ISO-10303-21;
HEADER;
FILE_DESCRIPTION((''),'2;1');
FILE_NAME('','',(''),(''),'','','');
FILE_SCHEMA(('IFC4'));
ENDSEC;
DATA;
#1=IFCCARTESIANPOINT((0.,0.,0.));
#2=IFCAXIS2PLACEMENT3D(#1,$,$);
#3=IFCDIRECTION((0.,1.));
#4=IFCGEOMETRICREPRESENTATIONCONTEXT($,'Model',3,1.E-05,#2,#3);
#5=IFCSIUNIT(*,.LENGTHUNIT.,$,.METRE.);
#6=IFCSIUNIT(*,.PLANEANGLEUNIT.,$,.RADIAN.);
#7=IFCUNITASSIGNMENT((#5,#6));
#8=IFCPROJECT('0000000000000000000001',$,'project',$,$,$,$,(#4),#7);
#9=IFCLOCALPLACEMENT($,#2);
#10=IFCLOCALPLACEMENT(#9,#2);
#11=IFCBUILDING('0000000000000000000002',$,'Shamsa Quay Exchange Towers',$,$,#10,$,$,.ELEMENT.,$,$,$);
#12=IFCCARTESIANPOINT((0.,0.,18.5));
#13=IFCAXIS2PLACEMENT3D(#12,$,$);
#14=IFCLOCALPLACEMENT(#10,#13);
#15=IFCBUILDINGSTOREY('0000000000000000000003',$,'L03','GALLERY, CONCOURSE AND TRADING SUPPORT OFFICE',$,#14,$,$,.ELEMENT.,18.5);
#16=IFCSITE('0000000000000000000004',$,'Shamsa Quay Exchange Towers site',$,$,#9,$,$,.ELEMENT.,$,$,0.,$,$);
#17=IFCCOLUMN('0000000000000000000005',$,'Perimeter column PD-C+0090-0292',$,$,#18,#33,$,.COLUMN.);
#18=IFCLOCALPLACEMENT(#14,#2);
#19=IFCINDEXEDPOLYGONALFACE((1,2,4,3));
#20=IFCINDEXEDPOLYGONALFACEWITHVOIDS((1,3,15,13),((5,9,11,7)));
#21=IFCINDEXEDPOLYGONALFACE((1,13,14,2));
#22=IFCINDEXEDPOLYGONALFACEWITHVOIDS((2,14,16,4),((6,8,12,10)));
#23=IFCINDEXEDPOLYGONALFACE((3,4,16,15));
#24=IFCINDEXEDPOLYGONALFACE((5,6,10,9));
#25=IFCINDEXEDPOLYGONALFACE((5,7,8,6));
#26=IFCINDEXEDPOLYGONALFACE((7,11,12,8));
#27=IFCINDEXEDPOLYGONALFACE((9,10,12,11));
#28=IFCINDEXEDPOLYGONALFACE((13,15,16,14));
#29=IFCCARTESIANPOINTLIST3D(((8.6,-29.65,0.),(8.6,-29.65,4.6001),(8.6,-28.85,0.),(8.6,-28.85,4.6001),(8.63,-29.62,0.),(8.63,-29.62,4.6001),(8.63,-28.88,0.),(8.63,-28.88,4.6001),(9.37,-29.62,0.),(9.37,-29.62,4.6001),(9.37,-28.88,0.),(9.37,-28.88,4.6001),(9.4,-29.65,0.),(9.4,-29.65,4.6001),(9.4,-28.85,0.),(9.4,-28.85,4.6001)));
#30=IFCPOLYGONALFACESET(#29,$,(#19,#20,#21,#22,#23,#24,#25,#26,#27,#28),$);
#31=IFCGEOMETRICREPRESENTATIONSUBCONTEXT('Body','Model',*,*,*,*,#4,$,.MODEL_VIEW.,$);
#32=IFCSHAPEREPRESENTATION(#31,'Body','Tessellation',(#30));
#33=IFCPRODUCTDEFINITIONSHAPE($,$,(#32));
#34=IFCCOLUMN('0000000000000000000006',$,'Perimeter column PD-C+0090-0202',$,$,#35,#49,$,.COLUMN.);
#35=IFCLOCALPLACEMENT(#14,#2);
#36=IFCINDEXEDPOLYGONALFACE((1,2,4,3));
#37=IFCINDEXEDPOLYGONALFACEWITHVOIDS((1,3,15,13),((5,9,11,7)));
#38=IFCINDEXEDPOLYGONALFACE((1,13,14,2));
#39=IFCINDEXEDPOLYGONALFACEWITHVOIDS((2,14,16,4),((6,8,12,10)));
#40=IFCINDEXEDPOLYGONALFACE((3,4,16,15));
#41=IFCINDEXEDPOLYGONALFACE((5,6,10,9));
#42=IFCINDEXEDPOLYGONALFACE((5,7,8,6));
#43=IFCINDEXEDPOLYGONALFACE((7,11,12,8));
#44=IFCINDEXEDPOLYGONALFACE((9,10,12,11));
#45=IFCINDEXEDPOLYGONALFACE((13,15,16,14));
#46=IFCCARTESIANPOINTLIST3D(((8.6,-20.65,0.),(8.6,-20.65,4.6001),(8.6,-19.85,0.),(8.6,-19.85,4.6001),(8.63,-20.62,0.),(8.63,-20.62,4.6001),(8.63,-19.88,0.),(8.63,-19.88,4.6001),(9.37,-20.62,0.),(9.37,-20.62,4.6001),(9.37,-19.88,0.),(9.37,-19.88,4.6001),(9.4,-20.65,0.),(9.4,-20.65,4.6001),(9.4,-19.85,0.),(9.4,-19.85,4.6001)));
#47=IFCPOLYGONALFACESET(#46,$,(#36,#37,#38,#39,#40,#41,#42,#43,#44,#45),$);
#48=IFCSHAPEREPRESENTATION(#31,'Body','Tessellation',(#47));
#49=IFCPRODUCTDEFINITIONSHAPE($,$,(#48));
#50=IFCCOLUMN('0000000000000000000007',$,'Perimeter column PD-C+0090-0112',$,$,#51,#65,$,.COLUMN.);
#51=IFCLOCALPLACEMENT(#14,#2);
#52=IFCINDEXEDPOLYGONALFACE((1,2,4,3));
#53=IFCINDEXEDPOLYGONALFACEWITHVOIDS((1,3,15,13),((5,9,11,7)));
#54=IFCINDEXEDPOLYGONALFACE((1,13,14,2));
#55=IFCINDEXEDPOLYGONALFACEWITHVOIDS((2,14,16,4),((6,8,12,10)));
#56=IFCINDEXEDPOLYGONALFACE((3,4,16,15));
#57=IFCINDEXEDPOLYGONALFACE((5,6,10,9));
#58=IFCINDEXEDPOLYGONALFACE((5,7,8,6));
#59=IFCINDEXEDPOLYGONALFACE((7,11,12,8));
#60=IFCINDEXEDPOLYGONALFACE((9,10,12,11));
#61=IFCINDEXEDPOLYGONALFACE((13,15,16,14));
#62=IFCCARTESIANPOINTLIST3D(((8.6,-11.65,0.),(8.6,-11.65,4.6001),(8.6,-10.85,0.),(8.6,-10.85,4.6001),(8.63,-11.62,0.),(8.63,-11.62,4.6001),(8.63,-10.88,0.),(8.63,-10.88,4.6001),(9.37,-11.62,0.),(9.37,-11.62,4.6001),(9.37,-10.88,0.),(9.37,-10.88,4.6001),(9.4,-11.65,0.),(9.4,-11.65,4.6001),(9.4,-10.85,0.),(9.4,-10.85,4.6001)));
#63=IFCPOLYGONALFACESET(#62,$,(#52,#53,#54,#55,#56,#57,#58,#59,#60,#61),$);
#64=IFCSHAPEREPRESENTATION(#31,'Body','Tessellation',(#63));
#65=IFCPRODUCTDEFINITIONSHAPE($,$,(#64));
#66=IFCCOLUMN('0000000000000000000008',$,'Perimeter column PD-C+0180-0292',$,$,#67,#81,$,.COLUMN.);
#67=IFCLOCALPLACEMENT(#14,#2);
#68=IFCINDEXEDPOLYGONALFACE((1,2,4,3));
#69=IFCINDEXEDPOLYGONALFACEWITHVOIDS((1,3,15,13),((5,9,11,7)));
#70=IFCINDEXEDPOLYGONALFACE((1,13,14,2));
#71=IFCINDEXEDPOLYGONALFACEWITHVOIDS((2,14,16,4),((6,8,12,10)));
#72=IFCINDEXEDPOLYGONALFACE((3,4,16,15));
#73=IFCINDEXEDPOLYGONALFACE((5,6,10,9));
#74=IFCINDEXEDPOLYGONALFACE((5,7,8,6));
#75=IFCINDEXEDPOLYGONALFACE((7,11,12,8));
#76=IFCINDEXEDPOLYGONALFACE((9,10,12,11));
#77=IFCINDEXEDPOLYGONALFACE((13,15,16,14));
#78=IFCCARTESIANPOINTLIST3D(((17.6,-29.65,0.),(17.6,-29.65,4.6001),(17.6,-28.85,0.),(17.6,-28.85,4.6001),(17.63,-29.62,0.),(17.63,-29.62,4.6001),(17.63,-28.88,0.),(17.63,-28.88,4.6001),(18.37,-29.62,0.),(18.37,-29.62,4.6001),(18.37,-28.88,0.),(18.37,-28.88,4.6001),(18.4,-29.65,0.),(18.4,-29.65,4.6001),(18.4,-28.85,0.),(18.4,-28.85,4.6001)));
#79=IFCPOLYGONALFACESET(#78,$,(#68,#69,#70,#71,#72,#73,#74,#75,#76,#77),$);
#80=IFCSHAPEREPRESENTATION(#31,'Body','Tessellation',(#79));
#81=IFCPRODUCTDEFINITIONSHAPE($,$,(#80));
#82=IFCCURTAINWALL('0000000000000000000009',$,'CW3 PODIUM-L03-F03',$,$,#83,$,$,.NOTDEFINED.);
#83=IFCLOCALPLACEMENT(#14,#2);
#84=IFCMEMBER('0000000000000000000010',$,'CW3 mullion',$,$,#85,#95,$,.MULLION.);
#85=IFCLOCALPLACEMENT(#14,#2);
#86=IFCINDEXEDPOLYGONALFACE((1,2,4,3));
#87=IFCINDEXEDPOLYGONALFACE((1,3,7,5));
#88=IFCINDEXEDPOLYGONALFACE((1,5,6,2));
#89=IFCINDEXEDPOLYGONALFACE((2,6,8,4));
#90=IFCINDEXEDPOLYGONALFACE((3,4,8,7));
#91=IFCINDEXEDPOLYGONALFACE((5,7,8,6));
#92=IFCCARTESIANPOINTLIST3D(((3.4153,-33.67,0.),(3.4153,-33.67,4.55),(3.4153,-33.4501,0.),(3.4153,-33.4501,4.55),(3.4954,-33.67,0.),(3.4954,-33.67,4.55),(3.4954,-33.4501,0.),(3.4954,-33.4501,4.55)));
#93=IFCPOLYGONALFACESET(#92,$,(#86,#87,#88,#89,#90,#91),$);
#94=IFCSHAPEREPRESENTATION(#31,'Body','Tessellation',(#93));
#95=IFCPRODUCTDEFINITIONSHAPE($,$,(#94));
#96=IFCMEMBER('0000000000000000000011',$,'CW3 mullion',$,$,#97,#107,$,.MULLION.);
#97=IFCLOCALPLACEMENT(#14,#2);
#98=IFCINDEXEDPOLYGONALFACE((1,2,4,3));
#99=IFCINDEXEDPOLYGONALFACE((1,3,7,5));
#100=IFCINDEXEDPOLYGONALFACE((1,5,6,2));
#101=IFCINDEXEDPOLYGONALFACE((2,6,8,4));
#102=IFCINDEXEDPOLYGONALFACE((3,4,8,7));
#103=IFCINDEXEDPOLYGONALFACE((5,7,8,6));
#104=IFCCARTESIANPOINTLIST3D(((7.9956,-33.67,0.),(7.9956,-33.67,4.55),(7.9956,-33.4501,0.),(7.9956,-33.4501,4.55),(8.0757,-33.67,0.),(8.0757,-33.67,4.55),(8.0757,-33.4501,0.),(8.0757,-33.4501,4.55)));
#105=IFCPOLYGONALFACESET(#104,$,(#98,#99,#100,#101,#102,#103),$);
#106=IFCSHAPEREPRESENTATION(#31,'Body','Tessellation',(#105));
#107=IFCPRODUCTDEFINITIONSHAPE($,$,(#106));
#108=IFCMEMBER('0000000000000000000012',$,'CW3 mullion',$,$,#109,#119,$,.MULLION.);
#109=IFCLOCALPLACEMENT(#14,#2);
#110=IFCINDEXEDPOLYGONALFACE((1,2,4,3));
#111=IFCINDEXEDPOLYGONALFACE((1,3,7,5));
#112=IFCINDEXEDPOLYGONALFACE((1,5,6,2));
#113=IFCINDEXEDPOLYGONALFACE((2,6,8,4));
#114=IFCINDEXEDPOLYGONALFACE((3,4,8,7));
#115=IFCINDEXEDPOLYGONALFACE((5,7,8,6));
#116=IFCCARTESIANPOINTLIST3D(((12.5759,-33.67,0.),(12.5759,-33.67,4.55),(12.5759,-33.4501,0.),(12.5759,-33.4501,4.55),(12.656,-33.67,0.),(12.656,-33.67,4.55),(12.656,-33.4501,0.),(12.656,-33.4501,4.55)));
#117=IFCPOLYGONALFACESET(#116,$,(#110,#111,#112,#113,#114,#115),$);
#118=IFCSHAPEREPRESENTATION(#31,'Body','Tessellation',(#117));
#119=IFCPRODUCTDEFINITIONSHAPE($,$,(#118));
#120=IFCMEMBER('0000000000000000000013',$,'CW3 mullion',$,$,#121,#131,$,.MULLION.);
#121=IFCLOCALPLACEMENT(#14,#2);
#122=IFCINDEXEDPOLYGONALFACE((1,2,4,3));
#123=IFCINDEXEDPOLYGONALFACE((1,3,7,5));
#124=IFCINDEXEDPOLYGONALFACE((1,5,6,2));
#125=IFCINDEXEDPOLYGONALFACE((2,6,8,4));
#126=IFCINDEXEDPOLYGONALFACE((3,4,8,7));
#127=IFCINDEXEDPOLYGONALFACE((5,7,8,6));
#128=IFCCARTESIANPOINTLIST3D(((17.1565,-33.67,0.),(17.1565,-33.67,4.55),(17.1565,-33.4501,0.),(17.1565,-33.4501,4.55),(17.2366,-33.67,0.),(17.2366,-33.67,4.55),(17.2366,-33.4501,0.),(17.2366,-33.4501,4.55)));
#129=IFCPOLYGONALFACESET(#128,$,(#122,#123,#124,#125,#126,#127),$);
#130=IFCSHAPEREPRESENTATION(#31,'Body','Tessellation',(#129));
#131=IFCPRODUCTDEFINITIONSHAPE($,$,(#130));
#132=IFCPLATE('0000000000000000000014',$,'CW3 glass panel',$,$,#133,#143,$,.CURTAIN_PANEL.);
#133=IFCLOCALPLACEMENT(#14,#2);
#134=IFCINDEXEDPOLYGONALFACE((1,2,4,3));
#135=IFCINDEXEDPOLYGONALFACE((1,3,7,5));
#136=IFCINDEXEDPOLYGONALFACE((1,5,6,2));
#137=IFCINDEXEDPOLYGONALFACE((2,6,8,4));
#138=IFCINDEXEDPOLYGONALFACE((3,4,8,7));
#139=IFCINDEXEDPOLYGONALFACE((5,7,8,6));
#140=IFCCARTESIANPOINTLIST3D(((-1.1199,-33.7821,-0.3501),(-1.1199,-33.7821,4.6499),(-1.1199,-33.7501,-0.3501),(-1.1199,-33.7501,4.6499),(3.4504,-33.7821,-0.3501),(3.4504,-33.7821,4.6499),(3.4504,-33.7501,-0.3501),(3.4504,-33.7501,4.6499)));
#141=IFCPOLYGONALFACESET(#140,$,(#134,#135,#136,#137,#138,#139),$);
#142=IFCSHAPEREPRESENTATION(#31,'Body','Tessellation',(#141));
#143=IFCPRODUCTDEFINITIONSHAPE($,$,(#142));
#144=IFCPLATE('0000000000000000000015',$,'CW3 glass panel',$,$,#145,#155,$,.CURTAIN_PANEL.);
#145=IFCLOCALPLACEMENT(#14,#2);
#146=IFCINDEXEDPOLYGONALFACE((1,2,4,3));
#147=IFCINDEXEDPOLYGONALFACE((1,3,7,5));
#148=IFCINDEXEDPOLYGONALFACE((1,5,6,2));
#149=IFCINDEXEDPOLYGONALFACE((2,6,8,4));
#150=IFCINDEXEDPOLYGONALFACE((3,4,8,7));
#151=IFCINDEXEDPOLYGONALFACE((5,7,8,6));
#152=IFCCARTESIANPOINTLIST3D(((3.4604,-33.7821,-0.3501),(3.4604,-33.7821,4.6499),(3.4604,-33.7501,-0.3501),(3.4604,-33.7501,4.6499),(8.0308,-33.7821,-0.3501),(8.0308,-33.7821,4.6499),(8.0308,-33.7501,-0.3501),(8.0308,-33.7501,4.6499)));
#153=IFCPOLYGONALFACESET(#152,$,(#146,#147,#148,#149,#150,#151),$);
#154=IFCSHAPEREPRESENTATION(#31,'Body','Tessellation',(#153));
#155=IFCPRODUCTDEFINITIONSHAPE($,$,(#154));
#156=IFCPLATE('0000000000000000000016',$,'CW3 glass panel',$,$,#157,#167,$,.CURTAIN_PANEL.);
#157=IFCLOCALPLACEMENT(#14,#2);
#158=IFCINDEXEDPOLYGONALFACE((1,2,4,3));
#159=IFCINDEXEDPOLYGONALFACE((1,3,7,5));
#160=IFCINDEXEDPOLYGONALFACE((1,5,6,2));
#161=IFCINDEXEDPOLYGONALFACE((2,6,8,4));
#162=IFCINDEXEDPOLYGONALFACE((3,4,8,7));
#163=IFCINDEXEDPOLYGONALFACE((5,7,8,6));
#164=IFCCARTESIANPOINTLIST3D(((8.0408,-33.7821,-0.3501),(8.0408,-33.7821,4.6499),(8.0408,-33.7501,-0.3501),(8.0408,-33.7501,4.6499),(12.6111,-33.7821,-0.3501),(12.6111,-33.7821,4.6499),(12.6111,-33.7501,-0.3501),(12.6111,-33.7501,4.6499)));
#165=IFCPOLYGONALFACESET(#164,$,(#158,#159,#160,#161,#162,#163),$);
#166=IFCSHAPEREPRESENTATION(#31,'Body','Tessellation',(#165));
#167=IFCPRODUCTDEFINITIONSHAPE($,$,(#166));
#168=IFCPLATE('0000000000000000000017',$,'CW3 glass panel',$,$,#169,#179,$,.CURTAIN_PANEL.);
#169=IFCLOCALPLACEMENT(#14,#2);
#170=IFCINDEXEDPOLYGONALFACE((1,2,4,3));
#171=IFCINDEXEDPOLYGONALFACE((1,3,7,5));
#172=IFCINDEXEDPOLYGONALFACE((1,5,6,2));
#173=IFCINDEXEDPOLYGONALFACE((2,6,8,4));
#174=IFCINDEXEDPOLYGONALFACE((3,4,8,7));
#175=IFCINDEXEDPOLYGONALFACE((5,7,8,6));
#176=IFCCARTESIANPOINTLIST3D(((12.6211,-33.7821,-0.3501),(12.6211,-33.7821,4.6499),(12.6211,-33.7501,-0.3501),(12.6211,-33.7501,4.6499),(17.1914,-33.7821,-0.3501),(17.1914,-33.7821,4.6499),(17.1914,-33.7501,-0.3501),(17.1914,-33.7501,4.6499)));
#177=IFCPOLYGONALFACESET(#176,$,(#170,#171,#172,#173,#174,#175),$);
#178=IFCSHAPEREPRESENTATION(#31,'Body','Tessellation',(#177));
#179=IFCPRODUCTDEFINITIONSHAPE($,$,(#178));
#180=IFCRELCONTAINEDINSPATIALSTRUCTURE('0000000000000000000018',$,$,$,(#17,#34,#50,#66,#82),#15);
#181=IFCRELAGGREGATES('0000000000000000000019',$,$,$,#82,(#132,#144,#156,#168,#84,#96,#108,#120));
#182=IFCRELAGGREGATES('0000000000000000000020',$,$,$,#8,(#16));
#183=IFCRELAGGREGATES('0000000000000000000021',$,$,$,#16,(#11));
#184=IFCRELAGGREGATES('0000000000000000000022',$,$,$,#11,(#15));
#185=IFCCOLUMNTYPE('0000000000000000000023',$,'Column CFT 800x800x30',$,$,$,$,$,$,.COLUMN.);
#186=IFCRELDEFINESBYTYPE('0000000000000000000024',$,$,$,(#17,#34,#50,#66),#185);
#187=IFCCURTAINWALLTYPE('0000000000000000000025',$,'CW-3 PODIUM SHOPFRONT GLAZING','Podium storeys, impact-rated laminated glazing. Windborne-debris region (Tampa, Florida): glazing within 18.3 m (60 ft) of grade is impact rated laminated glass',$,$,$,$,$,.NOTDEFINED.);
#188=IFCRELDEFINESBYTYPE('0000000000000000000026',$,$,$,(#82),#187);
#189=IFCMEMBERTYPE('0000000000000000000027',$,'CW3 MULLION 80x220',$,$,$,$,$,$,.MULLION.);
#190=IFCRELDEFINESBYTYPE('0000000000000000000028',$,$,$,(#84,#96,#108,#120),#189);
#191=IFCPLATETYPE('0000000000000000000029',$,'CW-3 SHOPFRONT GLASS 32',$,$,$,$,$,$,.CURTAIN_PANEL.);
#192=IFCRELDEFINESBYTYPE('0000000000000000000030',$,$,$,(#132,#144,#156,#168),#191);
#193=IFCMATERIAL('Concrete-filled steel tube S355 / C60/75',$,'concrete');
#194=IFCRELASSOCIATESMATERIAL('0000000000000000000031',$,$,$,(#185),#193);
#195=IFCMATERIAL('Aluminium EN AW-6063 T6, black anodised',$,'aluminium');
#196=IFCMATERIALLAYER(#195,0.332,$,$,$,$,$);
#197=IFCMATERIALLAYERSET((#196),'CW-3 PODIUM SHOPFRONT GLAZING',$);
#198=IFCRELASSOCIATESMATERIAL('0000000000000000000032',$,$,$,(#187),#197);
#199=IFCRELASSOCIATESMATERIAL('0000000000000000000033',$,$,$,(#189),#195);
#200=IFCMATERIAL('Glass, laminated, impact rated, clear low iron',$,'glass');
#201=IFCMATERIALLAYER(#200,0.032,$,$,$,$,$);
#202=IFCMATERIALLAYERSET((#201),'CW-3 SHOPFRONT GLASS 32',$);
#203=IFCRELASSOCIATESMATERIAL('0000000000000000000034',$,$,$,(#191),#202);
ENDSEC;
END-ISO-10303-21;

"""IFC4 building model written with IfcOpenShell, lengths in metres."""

from ifc_helpers import new_model, si_unit, direction, frame, origin, origin_2d, place, context, subcontext, project, spatial, rectangle, hollow_rectangle, extrude, material, layer, layer_set, material_profile, profile_set, type_object, element, aggregate, save


model = new_model("IFC4")

# Units and contexts
model_context = context("Model", 3, precision=1e-05, world=origin(), true_north=direction((0.0, 1.0)))
body_context = subcontext(model_context, "Body", "Model", "MODEL_VIEW")
ifc_project = project(units=[si_unit("LENGTHUNIT", "METRE"), si_unit("PLANEANGLEUNIT", "RADIAN")], contexts=[model_context])

# Site, building, storey
site_placement = place(None, origin())
site = spatial("IfcSite", under=ifc_project, at=site_placement, Name="Shamsa Quay Exchange Towers site", CompositionType="ELEMENT", RefElevation=0.0)
building_placement = place(site_placement, origin())
building = spatial("IfcBuilding", under=site, at=building_placement, Name="Shamsa Quay Exchange Towers", CompositionType="ELEMENT")
storey_placement = place(building_placement, frame((0.0, 0.0, 18.5)))
storey = spatial("IfcBuildingStorey", under=building, at=storey_placement, Name="L03", Description="GALLERY, CONCOURSE AND TRADING SUPPORT OFFICE", CompositionType="ELEMENT", Elevation=18.5)

# Columns
ifc_material_1 = material(Name="Concrete-filled steel tube S355 / C60/75", Category="concrete")
ifc_material_profile_1 = material_profile(ifc_material_1, hollow_rectangle(XDim=0.8, YDim=0.8, WallThickness=0.03, at=origin_2d()), Name="CFT 800x800x30")
ifc_profile_set_1 = profile_set([ifc_material_profile_1], Name="Concrete-filled steel tube S355 / C60/75")
column_type = type_object("IfcColumnType", Name="Column CFT 800x800x30", PredefinedType="COLUMN", material=ifc_profile_set_1)
for number, where, name in (
    (1, (9.0, -29.25, 0.0), "Perimeter column PD-C+0090-0292"),
    (2, (9.0, -20.25, 0.0), "Perimeter column PD-C+0090-0202"),
    (3, (9.0, -11.25, 0.0), "Perimeter column PD-C+0090-0112"),
    (4, (18.0, -29.25, 0.0), "Perimeter column PD-C+0180-0292"),
):
    element("IfcColumn", number, at=place(storey_placement, frame(where)), inside=storey, type_object=column_type, Name=name, PredefinedType="COLUMN", context=body_context, shape_type="SweptSolid", body=[
        extrude(hollow_rectangle(XDim=0.8, YDim=0.8, WallThickness=0.03, at=origin_2d()), origin(), (0.0, 0.0, 1.0), 4.6001),
    ])

# Curtain wall, members, plates
ifc_material_2 = material(Name="Aluminium EN AW-6063 T6, black anodised", Category="aluminium")
ifc_layer_1 = layer(ifc_material_2, 0.332)
ifc_layer_set_1 = layer_set([ifc_layer_1], Name="CW-3 PODIUM SHOPFRONT GLAZING")
curtain_wall_type = type_object("IfcCurtainWallType", Name="CW-3 PODIUM SHOPFRONT GLAZING", Description="Podium storeys, impact-rated laminated glazing. Windborne-debris region (Tampa, Florida): glazing within 18.3 m (60 ft) of grade is impact rated laminated glass", PredefinedType="NOTDEFINED", material=ifc_layer_set_1)
curtain_wall_placement = place(storey_placement, origin())
curtain_wall = element("IfcCurtainWall", 5, at=curtain_wall_placement, inside=storey, type_object=curtain_wall_type, Name="CW3 PODIUM-L03-F03", PredefinedType="NOTDEFINED")
ifc_material_profile_2 = material_profile(ifc_material_2, rectangle(XDim=0.22, YDim=0.0801, at=origin_2d()), Name="MU80x220")
ifc_profile_set_2 = profile_set([ifc_material_profile_2], Name="Aluminium EN AW-6063 T6, black anodised")
member_type = type_object("IfcMemberType", Name="CW3 MULLION 80x220", PredefinedType="MULLION", material=ifc_profile_set_2)
member_1_placement = place(storey_placement, frame((3.4553, -33.5601, 0.0), z_axis=(0.0, 0.0, 1.0), x_axis=(0.0, 1.0, 0.0)))
member_1 = element("IfcMember", 6, at=member_1_placement, type_object=member_type, Name="CW3 mullion", PredefinedType="MULLION", context=body_context, shape_type="SweptSolid", body=[
    extrude(rectangle(XDim=0.22, YDim=0.0801, at=origin_2d()), origin(), (0.0, 0.0, 1.0), 4.55),
])
member_2_placement = place(storey_placement, frame((8.0356, -33.5601, 0.0), z_axis=(0.0, 0.0, 1.0), x_axis=(0.0, 1.0, 0.0)))
member_2 = element("IfcMember", 7, at=member_2_placement, type_object=member_type, Name="CW3 mullion", PredefinedType="MULLION", context=body_context, shape_type="SweptSolid", body=[
    extrude(rectangle(XDim=0.22, YDim=0.0801, at=origin_2d()), origin(), (0.0, 0.0, 1.0), 4.55),
])
member_3_placement = place(storey_placement, frame((12.616, -33.5601, 0.0), z_axis=(0.0, 0.0, 1.0), x_axis=(0.0, 1.0, 0.0)))
member_3 = element("IfcMember", 8, at=member_3_placement, type_object=member_type, Name="CW3 mullion", PredefinedType="MULLION", context=body_context, shape_type="SweptSolid", body=[
    extrude(rectangle(XDim=0.22, YDim=0.0801, at=origin_2d()), origin(), (0.0, 0.0, 1.0), 4.55),
])
member_4_placement = place(storey_placement, frame((17.1965, -33.5601, 0.0), z_axis=(0.0, 0.0, 1.0), x_axis=(0.0, 1.0, 0.0)))
member_4 = element("IfcMember", 9, at=member_4_placement, type_object=member_type, Name="CW3 mullion", PredefinedType="MULLION", context=body_context, shape_type="SweptSolid", body=[
    extrude(rectangle(XDim=0.22, YDim=0.0801, at=origin_2d()), origin(), (0.0, 0.0, 1.0), 4.55),
])
ifc_material_3 = material(Name="Glass, laminated, impact rated, clear low iron", Category="glass")
ifc_layer_2 = layer(ifc_material_3, 0.032)
ifc_layer_set_2 = layer_set([ifc_layer_2], Name="CW-3 SHOPFRONT GLASS 32")
plate_type = type_object("IfcPlateType", Name="CW-3 SHOPFRONT GLASS 32", PredefinedType="CURTAIN_PANEL", material=ifc_layer_set_2)
plate_1_placement = place(storey_placement, frame((1.1653, -33.7661, -0.3501)))
plate_1 = element("IfcPlate", 10, at=plate_1_placement, type_object=plate_type, Name="CW3 glass panel", PredefinedType="CURTAIN_PANEL", context=body_context, shape_type="SweptSolid", body=[
    extrude(rectangle(XDim=4.5703, YDim=0.032, at=origin_2d()), origin(), (0.0, 0.0, 1.0), 5.0),
])
plate_2_placement = place(storey_placement, frame((5.7456, -33.7661, -0.3501)))
plate_2 = element("IfcPlate", 11, at=plate_2_placement, type_object=plate_type, Name="CW3 glass panel", PredefinedType="CURTAIN_PANEL", context=body_context, shape_type="SweptSolid", body=[
    extrude(rectangle(XDim=4.5703, YDim=0.032, at=origin_2d()), origin(), (0.0, 0.0, 1.0), 5.0),
])
plate_3_placement = place(storey_placement, frame((10.3259, -33.7661, -0.3501)))
plate_3 = element("IfcPlate", 12, at=plate_3_placement, type_object=plate_type, Name="CW3 glass panel", PredefinedType="CURTAIN_PANEL", context=body_context, shape_type="SweptSolid", body=[
    extrude(rectangle(XDim=4.5703, YDim=0.032, at=origin_2d()), origin(), (0.0, 0.0, 1.0), 5.0),
])
plate_4_placement = place(storey_placement, frame((14.9062, -33.7661, -0.3501)))
plate_4 = element("IfcPlate", 13, at=plate_4_placement, type_object=plate_type, Name="CW3 glass panel", PredefinedType="CURTAIN_PANEL", context=body_context, shape_type="SweptSolid", body=[
    extrude(rectangle(XDim=4.5703, YDim=0.032, at=origin_2d()), origin(), (0.0, 0.0, 1.0), 5.0),
])
aggregate(curtain_wall, [plate_1, plate_2, plate_3, plate_4, member_1, member_2, member_3, member_4])

save(model, "model.ifc")
